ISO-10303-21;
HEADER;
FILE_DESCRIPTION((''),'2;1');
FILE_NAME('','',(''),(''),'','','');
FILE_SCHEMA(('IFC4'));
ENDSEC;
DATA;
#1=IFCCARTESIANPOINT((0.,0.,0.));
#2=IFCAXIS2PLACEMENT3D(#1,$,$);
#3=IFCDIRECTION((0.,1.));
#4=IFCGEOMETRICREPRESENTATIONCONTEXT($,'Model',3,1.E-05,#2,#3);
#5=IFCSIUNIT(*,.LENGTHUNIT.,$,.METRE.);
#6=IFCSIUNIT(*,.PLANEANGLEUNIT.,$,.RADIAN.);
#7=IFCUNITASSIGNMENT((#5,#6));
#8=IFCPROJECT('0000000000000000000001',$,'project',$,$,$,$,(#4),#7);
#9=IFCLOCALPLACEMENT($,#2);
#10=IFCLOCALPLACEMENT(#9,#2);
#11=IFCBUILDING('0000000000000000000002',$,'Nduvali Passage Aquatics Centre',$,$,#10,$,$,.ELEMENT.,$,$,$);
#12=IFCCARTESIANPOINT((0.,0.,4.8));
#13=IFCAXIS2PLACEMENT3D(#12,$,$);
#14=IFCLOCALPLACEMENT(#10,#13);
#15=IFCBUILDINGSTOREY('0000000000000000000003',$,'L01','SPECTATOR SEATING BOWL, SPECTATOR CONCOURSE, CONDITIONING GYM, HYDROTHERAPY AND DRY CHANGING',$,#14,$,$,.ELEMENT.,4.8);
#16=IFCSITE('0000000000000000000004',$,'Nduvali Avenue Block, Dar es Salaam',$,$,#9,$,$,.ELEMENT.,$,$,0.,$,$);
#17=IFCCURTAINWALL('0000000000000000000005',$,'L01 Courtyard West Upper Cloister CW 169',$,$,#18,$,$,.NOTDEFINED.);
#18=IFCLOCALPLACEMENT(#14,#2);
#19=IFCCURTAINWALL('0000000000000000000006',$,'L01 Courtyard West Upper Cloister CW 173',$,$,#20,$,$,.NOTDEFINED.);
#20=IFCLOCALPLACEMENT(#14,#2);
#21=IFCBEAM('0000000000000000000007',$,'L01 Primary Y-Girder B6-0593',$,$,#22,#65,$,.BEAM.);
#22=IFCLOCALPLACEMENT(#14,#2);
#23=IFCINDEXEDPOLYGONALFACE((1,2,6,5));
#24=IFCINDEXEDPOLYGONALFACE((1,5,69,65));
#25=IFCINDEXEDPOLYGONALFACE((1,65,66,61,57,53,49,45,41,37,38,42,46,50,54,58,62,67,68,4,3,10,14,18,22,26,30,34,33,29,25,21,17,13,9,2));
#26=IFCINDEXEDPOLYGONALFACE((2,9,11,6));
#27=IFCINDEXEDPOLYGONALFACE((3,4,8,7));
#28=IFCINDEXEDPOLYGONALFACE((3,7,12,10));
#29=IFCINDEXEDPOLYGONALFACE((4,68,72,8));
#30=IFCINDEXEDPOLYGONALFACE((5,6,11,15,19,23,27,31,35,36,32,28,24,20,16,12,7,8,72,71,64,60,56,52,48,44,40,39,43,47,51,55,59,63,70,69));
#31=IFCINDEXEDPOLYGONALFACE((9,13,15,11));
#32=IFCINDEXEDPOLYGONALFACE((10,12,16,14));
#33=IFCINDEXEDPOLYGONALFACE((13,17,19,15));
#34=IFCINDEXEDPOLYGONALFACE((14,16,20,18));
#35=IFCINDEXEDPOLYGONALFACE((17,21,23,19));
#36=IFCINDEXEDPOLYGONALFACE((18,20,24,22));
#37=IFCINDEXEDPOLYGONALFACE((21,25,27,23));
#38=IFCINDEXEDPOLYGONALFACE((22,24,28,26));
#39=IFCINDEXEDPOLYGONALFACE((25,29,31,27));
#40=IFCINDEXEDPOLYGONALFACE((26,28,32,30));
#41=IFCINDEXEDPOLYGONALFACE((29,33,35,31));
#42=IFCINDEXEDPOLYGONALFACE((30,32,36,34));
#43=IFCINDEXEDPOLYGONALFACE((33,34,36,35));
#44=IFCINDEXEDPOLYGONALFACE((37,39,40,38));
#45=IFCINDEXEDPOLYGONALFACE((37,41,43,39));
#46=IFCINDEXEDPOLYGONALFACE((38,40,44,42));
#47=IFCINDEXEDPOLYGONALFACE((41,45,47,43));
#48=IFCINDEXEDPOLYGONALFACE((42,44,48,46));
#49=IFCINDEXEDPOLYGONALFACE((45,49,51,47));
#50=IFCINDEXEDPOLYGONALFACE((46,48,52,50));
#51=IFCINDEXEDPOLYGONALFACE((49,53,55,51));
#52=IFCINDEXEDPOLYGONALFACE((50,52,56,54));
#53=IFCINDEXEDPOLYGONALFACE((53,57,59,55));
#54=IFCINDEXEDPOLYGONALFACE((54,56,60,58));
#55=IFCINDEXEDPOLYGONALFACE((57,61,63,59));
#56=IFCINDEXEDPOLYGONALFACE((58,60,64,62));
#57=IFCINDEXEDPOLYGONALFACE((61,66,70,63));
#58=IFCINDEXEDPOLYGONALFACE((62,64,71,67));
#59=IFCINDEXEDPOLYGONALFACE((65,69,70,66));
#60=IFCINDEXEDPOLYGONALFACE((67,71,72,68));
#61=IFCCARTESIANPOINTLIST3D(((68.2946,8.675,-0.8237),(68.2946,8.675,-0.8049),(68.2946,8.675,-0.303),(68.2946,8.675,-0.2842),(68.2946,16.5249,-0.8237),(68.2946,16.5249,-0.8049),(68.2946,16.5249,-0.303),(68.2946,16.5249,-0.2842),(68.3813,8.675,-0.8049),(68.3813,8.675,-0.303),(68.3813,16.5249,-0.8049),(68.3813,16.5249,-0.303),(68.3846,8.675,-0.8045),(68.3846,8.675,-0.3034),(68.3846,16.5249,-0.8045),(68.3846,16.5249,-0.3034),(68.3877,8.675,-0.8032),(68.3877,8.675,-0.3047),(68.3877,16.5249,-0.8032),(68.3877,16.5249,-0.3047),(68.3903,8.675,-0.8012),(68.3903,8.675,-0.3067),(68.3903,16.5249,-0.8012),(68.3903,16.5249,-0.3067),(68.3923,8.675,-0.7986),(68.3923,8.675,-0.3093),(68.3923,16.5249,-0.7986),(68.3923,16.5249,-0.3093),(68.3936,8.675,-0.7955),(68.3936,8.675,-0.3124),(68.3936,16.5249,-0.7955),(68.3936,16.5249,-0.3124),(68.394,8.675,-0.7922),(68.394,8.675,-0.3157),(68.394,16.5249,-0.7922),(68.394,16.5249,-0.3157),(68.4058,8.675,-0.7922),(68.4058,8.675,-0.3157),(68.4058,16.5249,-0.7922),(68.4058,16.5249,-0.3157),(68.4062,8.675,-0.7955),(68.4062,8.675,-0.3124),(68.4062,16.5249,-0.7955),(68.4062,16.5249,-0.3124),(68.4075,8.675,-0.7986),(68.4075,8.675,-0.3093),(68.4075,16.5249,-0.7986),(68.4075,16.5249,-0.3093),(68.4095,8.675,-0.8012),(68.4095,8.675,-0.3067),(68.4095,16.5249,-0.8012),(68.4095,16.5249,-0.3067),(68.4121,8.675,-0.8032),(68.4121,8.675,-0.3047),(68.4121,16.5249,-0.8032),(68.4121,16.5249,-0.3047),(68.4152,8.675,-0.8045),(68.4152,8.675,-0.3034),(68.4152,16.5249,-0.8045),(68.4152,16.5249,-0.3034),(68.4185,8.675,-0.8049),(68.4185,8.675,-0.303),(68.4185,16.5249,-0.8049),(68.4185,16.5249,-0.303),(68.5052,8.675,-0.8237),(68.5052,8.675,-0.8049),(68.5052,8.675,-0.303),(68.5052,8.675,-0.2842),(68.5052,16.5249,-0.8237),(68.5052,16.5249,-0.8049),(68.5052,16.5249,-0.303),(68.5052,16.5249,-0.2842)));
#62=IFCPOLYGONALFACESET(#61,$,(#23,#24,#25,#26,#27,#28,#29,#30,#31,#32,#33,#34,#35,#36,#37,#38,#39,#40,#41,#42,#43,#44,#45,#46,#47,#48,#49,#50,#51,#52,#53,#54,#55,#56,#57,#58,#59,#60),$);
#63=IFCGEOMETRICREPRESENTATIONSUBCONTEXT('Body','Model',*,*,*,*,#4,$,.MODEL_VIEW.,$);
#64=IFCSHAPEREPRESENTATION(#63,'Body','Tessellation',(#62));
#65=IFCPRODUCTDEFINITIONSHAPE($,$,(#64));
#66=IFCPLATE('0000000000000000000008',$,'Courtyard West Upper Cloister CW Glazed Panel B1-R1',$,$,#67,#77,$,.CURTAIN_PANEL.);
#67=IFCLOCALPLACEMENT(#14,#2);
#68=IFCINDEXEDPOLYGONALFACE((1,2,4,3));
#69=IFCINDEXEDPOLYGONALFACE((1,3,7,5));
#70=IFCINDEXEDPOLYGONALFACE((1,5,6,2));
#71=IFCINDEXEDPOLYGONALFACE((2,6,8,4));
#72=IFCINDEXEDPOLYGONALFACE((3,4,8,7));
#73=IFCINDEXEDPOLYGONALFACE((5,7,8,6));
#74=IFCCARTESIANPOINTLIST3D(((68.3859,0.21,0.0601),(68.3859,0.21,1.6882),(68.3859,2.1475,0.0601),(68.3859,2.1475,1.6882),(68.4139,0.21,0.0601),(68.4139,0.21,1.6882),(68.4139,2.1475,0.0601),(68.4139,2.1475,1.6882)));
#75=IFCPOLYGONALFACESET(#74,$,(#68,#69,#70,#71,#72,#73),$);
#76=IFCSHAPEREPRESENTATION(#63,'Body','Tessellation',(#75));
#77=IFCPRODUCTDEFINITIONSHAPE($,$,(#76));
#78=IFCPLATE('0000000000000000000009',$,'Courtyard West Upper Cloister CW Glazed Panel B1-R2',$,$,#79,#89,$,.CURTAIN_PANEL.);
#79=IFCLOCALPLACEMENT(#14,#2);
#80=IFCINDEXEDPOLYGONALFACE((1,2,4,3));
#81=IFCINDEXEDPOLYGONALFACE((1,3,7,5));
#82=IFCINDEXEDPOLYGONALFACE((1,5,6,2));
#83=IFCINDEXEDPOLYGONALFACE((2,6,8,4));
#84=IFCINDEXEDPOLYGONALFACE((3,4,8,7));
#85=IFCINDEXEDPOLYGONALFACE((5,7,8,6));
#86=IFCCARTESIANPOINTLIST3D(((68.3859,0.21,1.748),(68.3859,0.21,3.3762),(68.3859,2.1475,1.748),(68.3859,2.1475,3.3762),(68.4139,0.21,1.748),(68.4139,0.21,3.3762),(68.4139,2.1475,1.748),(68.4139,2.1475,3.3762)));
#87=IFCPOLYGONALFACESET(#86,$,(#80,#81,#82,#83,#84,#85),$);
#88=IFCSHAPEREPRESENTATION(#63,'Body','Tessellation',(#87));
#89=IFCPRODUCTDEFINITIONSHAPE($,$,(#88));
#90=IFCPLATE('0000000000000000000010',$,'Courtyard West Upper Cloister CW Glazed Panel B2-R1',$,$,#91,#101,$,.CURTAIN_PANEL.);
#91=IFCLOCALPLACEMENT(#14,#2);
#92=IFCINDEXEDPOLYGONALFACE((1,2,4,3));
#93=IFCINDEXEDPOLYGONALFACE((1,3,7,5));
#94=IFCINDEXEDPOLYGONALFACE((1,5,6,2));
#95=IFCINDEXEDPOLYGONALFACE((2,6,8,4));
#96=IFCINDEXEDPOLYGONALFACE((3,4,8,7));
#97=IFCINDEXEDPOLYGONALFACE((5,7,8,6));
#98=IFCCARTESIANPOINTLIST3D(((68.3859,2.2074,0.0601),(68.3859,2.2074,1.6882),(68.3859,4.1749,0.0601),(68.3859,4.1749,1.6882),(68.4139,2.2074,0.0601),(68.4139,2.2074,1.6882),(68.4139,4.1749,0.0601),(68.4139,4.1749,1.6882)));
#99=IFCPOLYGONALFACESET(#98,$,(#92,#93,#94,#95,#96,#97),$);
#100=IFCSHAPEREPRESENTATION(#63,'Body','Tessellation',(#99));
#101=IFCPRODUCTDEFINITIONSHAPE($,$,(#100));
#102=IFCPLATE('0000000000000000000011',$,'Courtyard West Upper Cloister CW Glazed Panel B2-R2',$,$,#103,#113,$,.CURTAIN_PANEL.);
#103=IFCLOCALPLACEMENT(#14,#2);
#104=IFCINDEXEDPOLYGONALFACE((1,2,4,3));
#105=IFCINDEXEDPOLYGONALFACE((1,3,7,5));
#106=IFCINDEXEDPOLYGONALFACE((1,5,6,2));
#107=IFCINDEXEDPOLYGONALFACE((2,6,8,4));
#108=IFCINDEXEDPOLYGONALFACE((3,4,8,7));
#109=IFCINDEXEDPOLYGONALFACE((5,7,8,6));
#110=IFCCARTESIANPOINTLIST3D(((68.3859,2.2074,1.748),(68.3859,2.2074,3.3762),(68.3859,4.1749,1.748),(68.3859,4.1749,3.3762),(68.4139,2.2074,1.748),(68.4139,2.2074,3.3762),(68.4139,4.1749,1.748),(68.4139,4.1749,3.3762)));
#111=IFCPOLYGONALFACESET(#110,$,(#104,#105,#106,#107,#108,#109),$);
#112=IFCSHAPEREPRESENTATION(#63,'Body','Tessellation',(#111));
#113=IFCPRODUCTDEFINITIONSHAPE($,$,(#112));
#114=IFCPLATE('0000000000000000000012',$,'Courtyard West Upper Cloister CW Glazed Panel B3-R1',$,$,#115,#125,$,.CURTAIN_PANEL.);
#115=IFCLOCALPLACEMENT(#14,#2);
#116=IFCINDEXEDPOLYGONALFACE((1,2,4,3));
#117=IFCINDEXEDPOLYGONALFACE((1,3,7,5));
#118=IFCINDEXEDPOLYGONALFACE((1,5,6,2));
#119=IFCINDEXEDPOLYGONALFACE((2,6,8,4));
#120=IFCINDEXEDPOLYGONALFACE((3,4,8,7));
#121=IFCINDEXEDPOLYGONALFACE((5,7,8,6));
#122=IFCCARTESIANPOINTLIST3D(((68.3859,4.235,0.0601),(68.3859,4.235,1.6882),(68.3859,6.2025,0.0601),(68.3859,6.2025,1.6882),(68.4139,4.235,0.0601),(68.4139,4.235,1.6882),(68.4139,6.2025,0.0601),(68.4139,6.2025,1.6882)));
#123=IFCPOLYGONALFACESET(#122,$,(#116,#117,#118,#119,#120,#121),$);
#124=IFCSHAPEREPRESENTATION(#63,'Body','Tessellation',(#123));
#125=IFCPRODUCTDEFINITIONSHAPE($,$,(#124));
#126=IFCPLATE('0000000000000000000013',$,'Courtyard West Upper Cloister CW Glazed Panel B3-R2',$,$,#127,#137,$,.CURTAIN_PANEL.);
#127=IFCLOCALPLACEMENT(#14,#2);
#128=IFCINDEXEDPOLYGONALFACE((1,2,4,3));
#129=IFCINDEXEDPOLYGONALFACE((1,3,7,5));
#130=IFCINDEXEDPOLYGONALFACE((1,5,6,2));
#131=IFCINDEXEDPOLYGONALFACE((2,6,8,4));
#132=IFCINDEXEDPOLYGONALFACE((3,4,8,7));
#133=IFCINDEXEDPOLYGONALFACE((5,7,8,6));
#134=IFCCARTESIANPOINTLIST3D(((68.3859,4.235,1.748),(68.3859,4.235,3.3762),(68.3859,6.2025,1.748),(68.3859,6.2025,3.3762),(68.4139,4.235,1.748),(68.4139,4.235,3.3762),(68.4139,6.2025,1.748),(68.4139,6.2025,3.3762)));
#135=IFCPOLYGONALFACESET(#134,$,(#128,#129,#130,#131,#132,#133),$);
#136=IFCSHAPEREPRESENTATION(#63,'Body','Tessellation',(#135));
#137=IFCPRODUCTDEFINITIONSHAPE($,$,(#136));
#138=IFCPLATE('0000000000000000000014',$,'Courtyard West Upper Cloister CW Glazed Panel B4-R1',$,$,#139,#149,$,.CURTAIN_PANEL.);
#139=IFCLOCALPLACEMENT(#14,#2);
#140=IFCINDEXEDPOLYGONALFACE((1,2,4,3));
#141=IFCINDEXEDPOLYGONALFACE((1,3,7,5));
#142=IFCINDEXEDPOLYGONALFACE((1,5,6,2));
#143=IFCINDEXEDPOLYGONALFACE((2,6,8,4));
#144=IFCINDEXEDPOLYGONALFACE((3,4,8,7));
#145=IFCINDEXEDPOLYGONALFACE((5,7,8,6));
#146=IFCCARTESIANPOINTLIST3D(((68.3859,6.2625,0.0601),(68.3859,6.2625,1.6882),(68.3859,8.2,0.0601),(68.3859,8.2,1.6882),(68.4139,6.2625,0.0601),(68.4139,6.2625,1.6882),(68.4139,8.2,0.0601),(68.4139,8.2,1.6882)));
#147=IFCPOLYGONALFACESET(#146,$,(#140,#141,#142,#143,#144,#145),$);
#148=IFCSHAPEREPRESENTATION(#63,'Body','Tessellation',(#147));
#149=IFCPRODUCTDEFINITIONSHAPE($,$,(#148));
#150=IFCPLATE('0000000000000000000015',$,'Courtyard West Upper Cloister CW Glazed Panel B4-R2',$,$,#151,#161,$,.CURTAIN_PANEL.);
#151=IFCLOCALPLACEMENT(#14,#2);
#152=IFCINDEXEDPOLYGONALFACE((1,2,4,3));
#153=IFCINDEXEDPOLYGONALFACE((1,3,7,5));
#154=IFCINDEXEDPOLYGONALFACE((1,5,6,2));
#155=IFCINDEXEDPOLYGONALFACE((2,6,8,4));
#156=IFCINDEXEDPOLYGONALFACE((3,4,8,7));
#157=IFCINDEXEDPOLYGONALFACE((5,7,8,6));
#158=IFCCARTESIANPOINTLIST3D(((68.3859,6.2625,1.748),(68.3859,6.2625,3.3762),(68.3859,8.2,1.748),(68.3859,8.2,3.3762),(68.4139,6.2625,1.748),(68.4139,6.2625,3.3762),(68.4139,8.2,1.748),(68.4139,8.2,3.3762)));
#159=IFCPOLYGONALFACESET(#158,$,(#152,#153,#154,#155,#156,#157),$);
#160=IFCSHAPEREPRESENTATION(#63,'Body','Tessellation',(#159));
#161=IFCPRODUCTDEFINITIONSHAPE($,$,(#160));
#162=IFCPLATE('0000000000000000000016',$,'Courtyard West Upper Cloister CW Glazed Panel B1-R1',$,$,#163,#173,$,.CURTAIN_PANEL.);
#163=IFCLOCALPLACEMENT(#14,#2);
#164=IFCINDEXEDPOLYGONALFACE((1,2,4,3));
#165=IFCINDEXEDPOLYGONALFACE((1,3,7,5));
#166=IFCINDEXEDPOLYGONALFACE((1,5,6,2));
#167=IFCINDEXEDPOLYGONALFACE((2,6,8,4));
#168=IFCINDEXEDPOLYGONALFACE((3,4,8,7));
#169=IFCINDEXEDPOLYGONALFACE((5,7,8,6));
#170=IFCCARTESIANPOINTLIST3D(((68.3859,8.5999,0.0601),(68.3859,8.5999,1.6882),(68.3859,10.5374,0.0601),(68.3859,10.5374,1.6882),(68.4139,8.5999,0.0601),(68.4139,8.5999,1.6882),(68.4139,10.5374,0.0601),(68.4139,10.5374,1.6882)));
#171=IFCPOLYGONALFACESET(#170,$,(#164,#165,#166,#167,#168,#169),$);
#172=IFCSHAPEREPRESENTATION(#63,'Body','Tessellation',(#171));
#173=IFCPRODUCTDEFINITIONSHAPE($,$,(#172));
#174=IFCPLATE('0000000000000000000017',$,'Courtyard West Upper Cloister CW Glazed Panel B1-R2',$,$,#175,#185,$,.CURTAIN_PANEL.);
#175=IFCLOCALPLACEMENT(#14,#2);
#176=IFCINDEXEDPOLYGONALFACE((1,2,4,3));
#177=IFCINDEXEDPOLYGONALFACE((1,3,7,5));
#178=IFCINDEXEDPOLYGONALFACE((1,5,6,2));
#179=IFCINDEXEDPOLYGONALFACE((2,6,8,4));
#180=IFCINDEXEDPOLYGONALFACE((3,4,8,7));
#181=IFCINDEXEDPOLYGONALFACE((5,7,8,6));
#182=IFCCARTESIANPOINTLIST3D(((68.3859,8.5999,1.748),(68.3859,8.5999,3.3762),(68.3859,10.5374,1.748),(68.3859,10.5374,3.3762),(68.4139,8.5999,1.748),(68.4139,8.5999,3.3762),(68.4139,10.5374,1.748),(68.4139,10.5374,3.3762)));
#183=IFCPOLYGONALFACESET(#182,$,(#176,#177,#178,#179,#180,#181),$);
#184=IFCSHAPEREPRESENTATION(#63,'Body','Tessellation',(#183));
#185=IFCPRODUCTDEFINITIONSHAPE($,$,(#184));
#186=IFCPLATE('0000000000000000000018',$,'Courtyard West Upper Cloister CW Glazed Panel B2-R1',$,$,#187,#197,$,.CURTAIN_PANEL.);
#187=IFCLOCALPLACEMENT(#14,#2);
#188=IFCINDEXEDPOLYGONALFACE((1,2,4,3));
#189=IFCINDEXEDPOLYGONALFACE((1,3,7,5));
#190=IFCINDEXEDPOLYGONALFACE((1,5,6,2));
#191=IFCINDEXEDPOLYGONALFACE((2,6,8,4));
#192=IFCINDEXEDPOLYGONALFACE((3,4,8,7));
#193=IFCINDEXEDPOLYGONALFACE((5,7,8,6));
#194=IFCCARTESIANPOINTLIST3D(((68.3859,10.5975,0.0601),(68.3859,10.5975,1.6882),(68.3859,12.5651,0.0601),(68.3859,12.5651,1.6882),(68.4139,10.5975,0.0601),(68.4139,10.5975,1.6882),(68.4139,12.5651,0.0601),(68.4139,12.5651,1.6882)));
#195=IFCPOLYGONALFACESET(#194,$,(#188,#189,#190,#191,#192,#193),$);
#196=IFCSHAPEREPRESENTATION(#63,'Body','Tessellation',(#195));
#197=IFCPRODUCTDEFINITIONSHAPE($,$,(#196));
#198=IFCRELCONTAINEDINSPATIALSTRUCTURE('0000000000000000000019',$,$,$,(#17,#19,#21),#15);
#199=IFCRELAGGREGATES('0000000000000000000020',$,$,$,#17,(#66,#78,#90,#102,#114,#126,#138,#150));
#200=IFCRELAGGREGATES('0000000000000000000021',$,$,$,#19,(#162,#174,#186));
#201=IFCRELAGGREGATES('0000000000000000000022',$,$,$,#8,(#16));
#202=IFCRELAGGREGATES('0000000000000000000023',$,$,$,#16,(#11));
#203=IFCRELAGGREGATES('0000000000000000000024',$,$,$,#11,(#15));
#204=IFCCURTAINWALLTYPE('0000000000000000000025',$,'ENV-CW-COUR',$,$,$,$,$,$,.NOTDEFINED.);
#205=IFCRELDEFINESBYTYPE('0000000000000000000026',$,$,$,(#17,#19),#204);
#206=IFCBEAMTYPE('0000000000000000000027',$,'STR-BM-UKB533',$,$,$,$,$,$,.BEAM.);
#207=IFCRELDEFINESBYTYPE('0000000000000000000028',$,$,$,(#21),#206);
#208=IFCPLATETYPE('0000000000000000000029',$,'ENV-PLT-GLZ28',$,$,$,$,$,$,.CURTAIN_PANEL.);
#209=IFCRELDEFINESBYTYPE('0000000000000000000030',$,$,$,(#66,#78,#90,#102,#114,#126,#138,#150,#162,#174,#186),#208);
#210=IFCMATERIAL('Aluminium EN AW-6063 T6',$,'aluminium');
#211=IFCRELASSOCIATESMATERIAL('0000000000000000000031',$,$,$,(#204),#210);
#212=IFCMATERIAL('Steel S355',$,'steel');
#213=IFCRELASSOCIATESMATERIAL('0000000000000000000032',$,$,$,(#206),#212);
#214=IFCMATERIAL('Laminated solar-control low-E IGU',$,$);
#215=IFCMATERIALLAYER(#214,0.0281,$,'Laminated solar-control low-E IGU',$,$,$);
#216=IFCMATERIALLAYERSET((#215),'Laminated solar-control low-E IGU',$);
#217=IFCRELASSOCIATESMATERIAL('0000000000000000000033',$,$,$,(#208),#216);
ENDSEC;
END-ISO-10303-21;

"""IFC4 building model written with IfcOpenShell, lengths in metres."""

from ifc_helpers import new_model, si_unit, direction, frame, origin, origin_2d, place, context, subcontext, project, spatial, rectangle, i_section, extrude, material, layer, layer_set, material_profile, profile_set, type_object, element, aggregate, save


model = new_model("IFC4")

# Units and contexts
model_context = context("Model", 3, precision=1e-05, world=origin(), true_north=direction((0.0, 1.0)))
body_context = subcontext(model_context, "Body", "Model", "MODEL_VIEW")
ifc_project = project(units=[si_unit("LENGTHUNIT", "METRE"), si_unit("PLANEANGLEUNIT", "RADIAN")], contexts=[model_context])

# Site, building, storey
site_placement = place(None, origin())
site = spatial("IfcSite", under=ifc_project, at=site_placement, Name="Nduvali Avenue Block, Dar es Salaam", CompositionType="ELEMENT", RefElevation=0.0)
building_placement = place(site_placement, origin())
building = spatial("IfcBuilding", under=site, at=building_placement, Name="Nduvali Passage Aquatics Centre", CompositionType="ELEMENT")
storey_placement = place(building_placement, frame((0.0, 0.0, 4.8)))
storey = spatial("IfcBuildingStorey", under=building, at=storey_placement, Name="L01", Description="SPECTATOR SEATING BOWL, SPECTATOR CONCOURSE, CONDITIONING GYM, HYDROTHERAPY AND DRY CHANGING", CompositionType="ELEMENT", Elevation=4.8)

# Shared definitions
ifc_material_1 = material(Name="Steel S355", Category="steel")

# Curtain walls
ifc_material_2 = material(Name="Aluminium EN AW-6063 T6", Category="aluminium")
curtain_wall_type = type_object("IfcCurtainWallType", Name="ENV-CW-COUR", PredefinedType="NOTDEFINED", material=ifc_material_2)
curtain_wall_1_placement = place(storey_placement, origin())
curtain_wall_1 = element("IfcCurtainWall", 1, at=curtain_wall_1_placement, inside=storey, type_object=curtain_wall_type, Name="L01 Courtyard West Upper Cloister CW 169", PredefinedType="NOTDEFINED")
curtain_wall_2_placement = place(storey_placement, origin())
curtain_wall_2 = element("IfcCurtainWall", 2, at=curtain_wall_2_placement, inside=storey, type_object=curtain_wall_type, Name="L01 Courtyard West Upper Cloister CW 173", PredefinedType="NOTDEFINED")

# Beam
ifc_material_profile_1 = material_profile(ifc_material_1, i_section(OverallWidth=0.2107, OverallDepth=0.5396, WebThickness=0.0117, FlangeThickness=0.0188, FilletRadius=0.0127, at=origin_2d()), Name="UKB 533x210x109")
ifc_profile_set_1 = profile_set([ifc_material_profile_1], Name="Steel S355")
beam_type = type_object("IfcBeamType", Name="STR-BM-UKB533", PredefinedType="BEAM", material=ifc_profile_set_1)
beam_1_placement = place(storey_placement, frame((68.3999, 8.675, -0.554), z_axis=(0.0, 1.0, 0.0), x_axis=(-1.0, 0.0, 0.0)))
element("IfcBeam", 3, at=beam_1_placement, inside=storey, type_object=beam_type, Name="L01 Primary Y-Girder B6-0593", PredefinedType="BEAM", context=body_context, shape_type="SweptSolid", body=[
    extrude(i_section(OverallWidth=0.2107, OverallDepth=0.5396, WebThickness=0.0117, FlangeThickness=0.0188, FilletRadius=0.0127, at=origin_2d()), origin(), (0.0, 0.0, 1.0), 7.8499),
])

# Plates
ifc_material_3 = material(Name="Laminated solar-control low-E IGU")
ifc_layer = layer(ifc_material_3, 0.0281, Name="Laminated solar-control low-E IGU")
ifc_layer_set = layer_set([ifc_layer], Name="Laminated solar-control low-E IGU")
plate_type = type_object("IfcPlateType", Name="ENV-PLT-GLZ28", PredefinedType="CURTAIN_PANEL", material=ifc_layer_set)
plate_1_placement = place(storey_placement, frame((68.3999, 1.1787, 0.0601), z_axis=(0.0, 0.0, 1.0), x_axis=(0.0, 1.0, 0.0)))
plate_1 = element("IfcPlate", 4, at=plate_1_placement, type_object=plate_type, Name="Courtyard West Upper Cloister CW Glazed Panel B1-R1", PredefinedType="CURTAIN_PANEL", context=body_context, shape_type="SweptSolid", body=[
    extrude(rectangle(XDim=1.9375, YDim=0.0281, at=origin_2d()), origin(), (0.0, 0.0, 1.0), 1.6282),
])
plate_2_placement = place(storey_placement, frame((68.3999, 1.1787, 1.748), z_axis=(0.0, 0.0, 1.0), x_axis=(0.0, 1.0, 0.0)))
plate_2 = element("IfcPlate", 5, at=plate_2_placement, type_object=plate_type, Name="Courtyard West Upper Cloister CW Glazed Panel B1-R2", PredefinedType="CURTAIN_PANEL", context=body_context, shape_type="SweptSolid", body=[
    extrude(rectangle(XDim=1.9375, YDim=0.0281, at=origin_2d()), origin(), (0.0, 0.0, 1.0), 1.6282),
])
plate_3_placement = place(storey_placement, frame((68.3999, 3.1912, 0.0601), z_axis=(0.0, 0.0, 1.0), x_axis=(0.0, 1.0, 0.0)))
plate_3 = element("IfcPlate", 6, at=plate_3_placement, type_object=plate_type, Name="Courtyard West Upper Cloister CW Glazed Panel B2-R1", PredefinedType="CURTAIN_PANEL", context=body_context, shape_type="SweptSolid", body=[
    extrude(rectangle(XDim=1.9675, YDim=0.0281, at=origin_2d()), origin(), (0.0, 0.0, 1.0), 1.6282),
])
plate_4_placement = place(storey_placement, frame((68.3999, 3.1912, 1.748), z_axis=(0.0, 0.0, 1.0), x_axis=(0.0, 1.0, 0.0)))
plate_4 = element("IfcPlate", 7, at=plate_4_placement, type_object=plate_type, Name="Courtyard West Upper Cloister CW Glazed Panel B2-R2", PredefinedType="CURTAIN_PANEL", context=body_context, shape_type="SweptSolid", body=[
    extrude(rectangle(XDim=1.9675, YDim=0.0281, at=origin_2d()), origin(), (0.0, 0.0, 1.0), 1.6282),
])
plate_5_placement = place(storey_placement, frame((68.3999, 5.2188, 0.0601), z_axis=(0.0, 0.0, 1.0), x_axis=(0.0, 1.0, 0.0)))
plate_5 = element("IfcPlate", 8, at=plate_5_placement, type_object=plate_type, Name="Courtyard West Upper Cloister CW Glazed Panel B3-R1", PredefinedType="CURTAIN_PANEL", context=body_context, shape_type="SweptSolid", body=[
    extrude(rectangle(XDim=1.9675, YDim=0.0281, at=origin_2d()), origin(), (0.0, 0.0, 1.0), 1.6282),
])
plate_6_placement = place(storey_placement, frame((68.3999, 5.2188, 1.748), z_axis=(0.0, 0.0, 1.0), x_axis=(0.0, 1.0, 0.0)))
plate_6 = element("IfcPlate", 9, at=plate_6_placement, type_object=plate_type, Name="Courtyard West Upper Cloister CW Glazed Panel B3-R2", PredefinedType="CURTAIN_PANEL", context=body_context, shape_type="SweptSolid", body=[
    extrude(rectangle(XDim=1.9675, YDim=0.0281, at=origin_2d()), origin(), (0.0, 0.0, 1.0), 1.6282),
])
plate_7_placement = place(storey_placement, frame((68.3999, 7.2312, 0.0601), z_axis=(0.0, 0.0, 1.0), x_axis=(0.0, 1.0, 0.0)))
plate_7 = element("IfcPlate", 10, at=plate_7_placement, type_object=plate_type, Name="Courtyard West Upper Cloister CW Glazed Panel B4-R1", PredefinedType="CURTAIN_PANEL", context=body_context, shape_type="SweptSolid", body=[
    extrude(rectangle(XDim=1.9375, YDim=0.0281, at=origin_2d()), origin(), (0.0, 0.0, 1.0), 1.6282),
])
plate_8_placement = place(storey_placement, frame((68.3999, 7.2312, 1.748), z_axis=(0.0, 0.0, 1.0), x_axis=(0.0, 1.0, 0.0)))
plate_8 = element("IfcPlate", 11, at=plate_8_placement, type_object=plate_type, Name="Courtyard West Upper Cloister CW Glazed Panel B4-R2", PredefinedType="CURTAIN_PANEL", context=body_context, shape_type="SweptSolid", body=[
    extrude(rectangle(XDim=1.9375, YDim=0.0281, at=origin_2d()), origin(), (0.0, 0.0, 1.0), 1.6282),
])
aggregate(curtain_wall_1, [plate_1, plate_2, plate_3, plate_4, plate_5, plate_6, plate_7, plate_8])
plate_9_placement = place(storey_placement, frame((68.3999, 9.5686, 0.0601), z_axis=(0.0, 0.0, 1.0), x_axis=(0.0, 1.0, 0.0)))
plate_9 = element("IfcPlate", 12, at=plate_9_placement, type_object=plate_type, Name="Courtyard West Upper Cloister CW Glazed Panel B1-R1", PredefinedType="CURTAIN_PANEL", context=body_context, shape_type="SweptSolid", body=[
    extrude(rectangle(XDim=1.9375, YDim=0.0281, at=origin_2d()), origin(), (0.0, 0.0, 1.0), 1.6282),
])
plate_10_placement = place(storey_placement, frame((68.3999, 9.5686, 1.748), z_axis=(0.0, 0.0, 1.0), x_axis=(0.0, 1.0, 0.0)))
plate_10 = element("IfcPlate", 13, at=plate_10_placement, type_object=plate_type, Name="Courtyard West Upper Cloister CW Glazed Panel B1-R2", PredefinedType="CURTAIN_PANEL", context=body_context, shape_type="SweptSolid", body=[
    extrude(rectangle(XDim=1.9375, YDim=0.0281, at=origin_2d()), origin(), (0.0, 0.0, 1.0), 1.6282),
])
plate_11_placement = place(storey_placement, frame((68.3999, 11.5813, 0.0601), z_axis=(0.0, 0.0, 1.0), x_axis=(0.0, 1.0, 0.0)))
plate_11 = element("IfcPlate", 14, at=plate_11_placement, type_object=plate_type, Name="Courtyard West Upper Cloister CW Glazed Panel B2-R1", PredefinedType="CURTAIN_PANEL", context=body_context, shape_type="SweptSolid", body=[
    extrude(rectangle(XDim=1.9675, YDim=0.0281, at=origin_2d()), origin(), (0.0, 0.0, 1.0), 1.6282),
])
aggregate(curtain_wall_2, [plate_9, plate_10, plate_11])

save(model, "model.ifc")
